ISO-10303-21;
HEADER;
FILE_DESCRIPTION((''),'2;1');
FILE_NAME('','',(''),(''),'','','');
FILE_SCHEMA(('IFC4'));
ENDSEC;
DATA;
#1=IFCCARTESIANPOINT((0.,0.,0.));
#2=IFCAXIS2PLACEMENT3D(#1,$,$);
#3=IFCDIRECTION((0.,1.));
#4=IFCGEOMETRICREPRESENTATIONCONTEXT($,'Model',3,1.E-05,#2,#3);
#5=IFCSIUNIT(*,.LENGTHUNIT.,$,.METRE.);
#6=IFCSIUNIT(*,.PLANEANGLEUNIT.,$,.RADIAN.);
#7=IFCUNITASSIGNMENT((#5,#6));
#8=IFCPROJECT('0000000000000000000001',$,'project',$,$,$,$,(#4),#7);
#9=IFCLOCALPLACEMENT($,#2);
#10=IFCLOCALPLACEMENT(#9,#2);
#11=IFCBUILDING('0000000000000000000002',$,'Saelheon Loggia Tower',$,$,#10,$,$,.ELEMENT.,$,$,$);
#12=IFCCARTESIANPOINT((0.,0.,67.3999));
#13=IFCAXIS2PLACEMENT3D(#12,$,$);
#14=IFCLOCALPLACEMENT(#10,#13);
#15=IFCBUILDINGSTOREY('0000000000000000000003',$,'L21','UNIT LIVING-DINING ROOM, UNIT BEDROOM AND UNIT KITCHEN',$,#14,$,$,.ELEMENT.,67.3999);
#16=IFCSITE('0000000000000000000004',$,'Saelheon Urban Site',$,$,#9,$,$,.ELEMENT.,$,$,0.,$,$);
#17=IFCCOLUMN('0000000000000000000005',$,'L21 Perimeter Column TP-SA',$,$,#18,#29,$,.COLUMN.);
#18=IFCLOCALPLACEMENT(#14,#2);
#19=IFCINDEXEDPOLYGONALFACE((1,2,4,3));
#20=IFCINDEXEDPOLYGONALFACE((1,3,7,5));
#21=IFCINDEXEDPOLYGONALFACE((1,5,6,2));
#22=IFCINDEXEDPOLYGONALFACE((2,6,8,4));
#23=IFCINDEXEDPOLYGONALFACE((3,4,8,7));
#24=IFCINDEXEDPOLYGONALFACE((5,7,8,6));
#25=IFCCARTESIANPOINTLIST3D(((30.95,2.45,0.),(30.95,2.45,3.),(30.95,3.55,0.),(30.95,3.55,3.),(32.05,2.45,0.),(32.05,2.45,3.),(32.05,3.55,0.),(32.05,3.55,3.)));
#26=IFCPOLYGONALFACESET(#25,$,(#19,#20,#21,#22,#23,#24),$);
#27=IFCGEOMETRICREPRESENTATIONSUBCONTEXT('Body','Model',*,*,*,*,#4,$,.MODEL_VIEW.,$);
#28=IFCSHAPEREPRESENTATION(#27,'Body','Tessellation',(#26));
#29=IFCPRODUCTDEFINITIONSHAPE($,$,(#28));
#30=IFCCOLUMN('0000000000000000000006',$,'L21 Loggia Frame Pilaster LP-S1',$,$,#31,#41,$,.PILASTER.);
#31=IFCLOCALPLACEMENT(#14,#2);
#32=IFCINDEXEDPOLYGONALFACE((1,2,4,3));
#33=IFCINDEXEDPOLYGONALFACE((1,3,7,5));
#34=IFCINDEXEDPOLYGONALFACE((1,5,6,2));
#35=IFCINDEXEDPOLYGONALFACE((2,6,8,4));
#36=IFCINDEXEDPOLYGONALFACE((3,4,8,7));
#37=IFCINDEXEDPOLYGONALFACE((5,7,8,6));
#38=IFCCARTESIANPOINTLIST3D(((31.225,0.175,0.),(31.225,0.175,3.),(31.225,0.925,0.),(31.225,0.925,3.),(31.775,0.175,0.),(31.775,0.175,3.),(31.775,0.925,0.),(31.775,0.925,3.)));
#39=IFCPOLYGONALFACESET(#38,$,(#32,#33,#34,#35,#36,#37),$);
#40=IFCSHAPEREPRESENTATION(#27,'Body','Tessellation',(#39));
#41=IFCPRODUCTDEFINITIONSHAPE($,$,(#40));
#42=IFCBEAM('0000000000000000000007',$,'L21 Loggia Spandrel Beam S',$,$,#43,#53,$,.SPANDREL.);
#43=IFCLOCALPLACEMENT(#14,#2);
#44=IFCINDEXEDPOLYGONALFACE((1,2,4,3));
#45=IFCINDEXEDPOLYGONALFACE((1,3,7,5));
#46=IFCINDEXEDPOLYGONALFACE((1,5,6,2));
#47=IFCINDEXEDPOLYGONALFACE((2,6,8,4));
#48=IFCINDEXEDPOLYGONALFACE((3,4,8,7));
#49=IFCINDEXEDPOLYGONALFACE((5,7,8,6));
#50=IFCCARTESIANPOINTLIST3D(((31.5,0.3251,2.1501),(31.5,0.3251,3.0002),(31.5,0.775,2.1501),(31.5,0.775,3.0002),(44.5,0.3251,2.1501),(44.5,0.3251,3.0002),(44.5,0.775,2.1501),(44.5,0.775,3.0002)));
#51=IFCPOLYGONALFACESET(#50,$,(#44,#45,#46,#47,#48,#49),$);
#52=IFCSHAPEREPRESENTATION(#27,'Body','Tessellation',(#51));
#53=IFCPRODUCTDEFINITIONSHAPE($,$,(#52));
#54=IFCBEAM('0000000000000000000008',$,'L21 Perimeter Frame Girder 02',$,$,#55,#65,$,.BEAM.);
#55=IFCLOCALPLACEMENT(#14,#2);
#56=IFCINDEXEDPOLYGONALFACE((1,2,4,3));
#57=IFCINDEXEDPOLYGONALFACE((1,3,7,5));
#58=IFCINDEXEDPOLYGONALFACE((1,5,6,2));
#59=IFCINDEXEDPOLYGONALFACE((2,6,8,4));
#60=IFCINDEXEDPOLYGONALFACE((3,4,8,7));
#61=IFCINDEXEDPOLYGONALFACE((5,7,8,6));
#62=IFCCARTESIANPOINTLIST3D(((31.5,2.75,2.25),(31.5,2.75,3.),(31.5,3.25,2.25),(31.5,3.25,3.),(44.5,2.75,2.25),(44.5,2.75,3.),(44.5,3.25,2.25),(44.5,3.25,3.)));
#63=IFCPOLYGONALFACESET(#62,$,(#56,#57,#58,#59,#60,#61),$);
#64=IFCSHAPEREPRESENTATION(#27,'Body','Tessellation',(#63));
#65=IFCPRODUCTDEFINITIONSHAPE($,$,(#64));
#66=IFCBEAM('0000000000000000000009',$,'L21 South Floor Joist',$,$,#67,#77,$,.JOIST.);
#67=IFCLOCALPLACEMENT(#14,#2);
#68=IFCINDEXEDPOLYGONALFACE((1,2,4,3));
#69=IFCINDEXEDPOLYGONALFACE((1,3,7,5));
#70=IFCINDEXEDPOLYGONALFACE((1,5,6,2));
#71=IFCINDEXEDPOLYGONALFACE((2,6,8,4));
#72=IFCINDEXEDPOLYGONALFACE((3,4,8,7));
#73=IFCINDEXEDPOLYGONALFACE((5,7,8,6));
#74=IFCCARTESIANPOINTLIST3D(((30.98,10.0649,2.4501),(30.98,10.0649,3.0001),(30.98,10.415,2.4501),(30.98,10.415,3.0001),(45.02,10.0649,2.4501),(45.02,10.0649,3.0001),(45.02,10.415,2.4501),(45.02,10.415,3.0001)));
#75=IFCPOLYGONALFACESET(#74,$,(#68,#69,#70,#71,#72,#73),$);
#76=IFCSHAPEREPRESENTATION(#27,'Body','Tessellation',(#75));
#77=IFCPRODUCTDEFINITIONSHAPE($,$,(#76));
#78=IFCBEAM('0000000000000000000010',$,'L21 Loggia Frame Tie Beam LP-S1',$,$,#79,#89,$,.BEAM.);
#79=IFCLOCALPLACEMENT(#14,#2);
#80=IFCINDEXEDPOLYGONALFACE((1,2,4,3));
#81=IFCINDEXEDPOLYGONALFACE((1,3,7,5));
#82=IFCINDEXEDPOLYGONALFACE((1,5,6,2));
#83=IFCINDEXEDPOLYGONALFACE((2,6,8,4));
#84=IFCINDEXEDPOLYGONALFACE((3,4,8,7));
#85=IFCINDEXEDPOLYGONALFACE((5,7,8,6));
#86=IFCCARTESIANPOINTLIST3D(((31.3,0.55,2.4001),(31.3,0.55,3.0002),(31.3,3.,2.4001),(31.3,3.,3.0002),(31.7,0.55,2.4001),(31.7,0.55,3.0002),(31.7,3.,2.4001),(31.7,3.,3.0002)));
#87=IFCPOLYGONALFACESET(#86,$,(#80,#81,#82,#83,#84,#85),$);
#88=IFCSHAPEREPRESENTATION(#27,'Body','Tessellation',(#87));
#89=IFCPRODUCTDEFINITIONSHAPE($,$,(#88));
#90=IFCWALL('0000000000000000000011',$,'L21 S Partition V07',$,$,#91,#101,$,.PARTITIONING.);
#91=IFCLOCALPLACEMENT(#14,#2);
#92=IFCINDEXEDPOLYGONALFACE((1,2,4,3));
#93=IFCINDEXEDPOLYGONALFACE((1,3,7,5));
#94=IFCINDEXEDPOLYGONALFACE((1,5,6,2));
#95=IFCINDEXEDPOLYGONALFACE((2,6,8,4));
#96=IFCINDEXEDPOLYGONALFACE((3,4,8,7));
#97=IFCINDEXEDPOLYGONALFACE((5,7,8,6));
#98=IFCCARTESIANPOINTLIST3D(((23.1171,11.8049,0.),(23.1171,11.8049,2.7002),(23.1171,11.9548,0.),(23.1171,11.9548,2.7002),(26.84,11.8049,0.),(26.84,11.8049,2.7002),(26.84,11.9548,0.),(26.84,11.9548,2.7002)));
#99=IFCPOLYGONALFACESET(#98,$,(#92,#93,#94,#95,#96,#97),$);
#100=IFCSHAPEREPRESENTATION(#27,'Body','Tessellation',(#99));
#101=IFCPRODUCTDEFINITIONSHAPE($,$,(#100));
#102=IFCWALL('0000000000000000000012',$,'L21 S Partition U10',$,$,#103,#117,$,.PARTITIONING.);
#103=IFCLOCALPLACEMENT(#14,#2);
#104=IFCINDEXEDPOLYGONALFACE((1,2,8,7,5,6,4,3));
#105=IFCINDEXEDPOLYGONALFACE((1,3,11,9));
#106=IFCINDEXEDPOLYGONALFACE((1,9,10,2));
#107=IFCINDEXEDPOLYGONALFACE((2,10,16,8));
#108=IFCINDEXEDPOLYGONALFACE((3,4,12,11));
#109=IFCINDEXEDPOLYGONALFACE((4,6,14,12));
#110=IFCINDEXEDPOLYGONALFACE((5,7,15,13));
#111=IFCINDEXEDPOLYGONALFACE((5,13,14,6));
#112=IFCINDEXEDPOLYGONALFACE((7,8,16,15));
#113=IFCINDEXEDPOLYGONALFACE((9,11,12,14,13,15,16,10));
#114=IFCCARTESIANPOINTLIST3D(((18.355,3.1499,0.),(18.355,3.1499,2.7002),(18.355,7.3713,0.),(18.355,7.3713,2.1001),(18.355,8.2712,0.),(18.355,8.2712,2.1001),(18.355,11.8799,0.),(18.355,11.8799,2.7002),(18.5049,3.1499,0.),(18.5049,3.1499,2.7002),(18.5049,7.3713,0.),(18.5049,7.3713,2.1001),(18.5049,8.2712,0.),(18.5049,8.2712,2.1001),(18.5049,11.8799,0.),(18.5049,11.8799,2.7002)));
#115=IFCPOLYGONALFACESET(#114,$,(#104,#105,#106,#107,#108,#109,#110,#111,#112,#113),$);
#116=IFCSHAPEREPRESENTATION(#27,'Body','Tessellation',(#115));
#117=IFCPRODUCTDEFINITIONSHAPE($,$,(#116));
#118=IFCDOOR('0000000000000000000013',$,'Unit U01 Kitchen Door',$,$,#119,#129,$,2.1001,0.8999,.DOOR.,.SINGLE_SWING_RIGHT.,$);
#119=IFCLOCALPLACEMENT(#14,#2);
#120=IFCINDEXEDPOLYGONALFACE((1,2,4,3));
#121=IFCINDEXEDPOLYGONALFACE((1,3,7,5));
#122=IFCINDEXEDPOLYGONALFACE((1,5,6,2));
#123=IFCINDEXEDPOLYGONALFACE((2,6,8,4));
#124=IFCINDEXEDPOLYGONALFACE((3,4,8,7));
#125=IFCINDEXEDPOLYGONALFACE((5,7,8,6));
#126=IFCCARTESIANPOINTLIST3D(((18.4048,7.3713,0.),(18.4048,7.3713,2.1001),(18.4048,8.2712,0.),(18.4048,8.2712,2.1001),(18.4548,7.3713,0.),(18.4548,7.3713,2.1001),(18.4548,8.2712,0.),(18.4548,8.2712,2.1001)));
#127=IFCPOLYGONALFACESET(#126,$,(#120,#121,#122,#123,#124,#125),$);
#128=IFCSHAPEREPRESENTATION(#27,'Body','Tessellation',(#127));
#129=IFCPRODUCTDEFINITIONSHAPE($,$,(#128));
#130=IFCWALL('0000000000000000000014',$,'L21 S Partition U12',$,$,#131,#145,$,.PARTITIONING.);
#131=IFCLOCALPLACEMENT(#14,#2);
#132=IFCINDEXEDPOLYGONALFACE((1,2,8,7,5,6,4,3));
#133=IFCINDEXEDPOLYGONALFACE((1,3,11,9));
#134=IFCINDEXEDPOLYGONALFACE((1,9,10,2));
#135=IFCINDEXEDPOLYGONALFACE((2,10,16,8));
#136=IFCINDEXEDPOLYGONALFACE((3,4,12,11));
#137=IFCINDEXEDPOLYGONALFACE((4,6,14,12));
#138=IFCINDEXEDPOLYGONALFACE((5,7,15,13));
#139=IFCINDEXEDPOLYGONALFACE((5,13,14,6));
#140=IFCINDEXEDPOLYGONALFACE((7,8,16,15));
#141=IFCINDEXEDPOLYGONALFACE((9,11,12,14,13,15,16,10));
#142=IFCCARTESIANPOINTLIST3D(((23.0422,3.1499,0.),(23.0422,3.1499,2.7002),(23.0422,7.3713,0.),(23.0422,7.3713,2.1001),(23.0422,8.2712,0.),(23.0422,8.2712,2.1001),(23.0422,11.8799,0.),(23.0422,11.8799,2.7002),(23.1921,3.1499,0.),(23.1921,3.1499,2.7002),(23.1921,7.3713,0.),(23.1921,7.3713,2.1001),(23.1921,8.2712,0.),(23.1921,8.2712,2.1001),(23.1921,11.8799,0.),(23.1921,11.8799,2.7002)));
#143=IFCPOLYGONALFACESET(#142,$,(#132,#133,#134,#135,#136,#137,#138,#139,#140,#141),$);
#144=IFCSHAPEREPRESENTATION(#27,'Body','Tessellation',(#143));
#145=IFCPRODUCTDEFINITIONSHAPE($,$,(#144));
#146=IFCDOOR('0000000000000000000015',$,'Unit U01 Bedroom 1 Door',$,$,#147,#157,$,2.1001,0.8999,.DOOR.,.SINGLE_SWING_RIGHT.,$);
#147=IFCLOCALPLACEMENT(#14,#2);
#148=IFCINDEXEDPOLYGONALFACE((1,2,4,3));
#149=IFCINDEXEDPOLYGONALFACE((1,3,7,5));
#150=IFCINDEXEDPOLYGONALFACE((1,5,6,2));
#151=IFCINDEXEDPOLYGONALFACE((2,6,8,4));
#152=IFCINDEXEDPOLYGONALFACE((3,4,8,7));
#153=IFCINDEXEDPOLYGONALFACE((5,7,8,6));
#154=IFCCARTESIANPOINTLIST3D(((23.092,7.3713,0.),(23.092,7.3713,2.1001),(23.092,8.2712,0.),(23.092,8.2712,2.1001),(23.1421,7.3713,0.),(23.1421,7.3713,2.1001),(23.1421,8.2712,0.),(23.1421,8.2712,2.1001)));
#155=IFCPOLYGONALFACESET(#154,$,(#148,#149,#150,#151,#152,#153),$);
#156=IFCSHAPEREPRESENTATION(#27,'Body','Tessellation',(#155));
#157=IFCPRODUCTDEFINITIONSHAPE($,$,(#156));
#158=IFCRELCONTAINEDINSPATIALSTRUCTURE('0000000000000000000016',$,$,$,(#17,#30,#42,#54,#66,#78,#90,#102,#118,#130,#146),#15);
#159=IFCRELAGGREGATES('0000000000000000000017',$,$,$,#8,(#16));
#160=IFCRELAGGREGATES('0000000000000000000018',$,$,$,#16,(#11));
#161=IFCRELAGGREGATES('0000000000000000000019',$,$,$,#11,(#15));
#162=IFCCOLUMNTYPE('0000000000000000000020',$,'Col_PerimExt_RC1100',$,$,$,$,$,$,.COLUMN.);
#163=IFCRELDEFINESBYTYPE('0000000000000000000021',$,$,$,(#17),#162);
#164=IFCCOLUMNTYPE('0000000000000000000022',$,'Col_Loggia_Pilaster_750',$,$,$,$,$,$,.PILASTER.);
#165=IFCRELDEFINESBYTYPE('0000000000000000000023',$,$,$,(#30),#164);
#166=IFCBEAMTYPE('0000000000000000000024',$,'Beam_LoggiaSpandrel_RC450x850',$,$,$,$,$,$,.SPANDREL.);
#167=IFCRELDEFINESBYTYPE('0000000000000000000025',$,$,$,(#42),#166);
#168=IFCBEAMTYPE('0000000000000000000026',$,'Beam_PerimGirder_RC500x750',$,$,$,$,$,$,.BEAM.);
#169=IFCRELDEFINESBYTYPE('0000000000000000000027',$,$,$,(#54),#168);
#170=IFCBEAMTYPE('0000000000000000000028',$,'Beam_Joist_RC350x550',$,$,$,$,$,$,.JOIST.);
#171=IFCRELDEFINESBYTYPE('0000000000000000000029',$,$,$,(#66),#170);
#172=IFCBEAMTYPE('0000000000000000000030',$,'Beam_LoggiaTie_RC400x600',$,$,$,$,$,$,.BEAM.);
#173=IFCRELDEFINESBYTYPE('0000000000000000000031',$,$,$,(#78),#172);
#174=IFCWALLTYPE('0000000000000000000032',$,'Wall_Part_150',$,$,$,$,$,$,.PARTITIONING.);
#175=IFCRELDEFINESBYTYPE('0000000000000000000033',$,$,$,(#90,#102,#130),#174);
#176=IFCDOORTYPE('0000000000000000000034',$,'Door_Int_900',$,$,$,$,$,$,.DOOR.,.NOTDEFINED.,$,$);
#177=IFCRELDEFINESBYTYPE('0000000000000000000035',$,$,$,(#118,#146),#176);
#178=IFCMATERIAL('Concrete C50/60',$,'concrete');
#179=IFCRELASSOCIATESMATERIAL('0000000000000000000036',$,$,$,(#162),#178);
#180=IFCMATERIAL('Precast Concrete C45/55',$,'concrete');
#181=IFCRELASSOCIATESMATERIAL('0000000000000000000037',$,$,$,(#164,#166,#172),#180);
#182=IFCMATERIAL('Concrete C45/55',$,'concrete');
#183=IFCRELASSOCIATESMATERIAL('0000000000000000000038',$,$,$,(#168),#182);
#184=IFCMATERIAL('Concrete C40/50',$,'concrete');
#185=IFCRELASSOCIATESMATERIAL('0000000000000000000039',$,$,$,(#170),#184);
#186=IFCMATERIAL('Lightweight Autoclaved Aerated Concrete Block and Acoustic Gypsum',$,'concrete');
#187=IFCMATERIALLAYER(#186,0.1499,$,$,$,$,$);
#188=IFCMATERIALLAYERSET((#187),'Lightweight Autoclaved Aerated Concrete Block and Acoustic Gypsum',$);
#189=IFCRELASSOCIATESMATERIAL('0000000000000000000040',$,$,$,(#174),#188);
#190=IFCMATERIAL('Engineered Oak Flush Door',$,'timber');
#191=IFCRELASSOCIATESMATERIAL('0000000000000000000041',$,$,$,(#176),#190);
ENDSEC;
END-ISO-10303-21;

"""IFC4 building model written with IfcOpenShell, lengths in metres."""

from ifc_helpers import new_model, si_unit, direction, frame, frame_2d, origin, origin_2d, place, context, subcontext, project, spatial, rectangle, extrude, source, transform, mapped, material, layer, layer_set, material_profile, profile_set, type_object, element, fill, save


model = new_model("IFC4")

# Units and contexts
model_context = context("Model", 3, precision=1e-05, world=origin(), true_north=direction((0.0, 1.0)))
body_context = subcontext(model_context, "Body", "Model", "MODEL_VIEW")
ifc_project = project(units=[si_unit("LENGTHUNIT", "METRE"), si_unit("PLANEANGLEUNIT", "RADIAN")], contexts=[model_context])

# Site, building, storey
site_placement = place(None, origin())
site = spatial("IfcSite", under=ifc_project, at=site_placement, Name="Saelheon Urban Site", CompositionType="ELEMENT", RefElevation=0.0)
building_placement = place(site_placement, origin())
building = spatial("IfcBuilding", under=site, at=building_placement, Name="Saelheon Loggia Tower", CompositionType="ELEMENT")
storey_placement = place(building_placement, frame((0.0, 0.0, 67.3999)))
storey = spatial("IfcBuildingStorey", under=building, at=storey_placement, Name="L21", Description="UNIT LIVING-DINING ROOM, UNIT BEDROOM AND UNIT KITCHEN", CompositionType="ELEMENT", Elevation=67.3999)

# Columns
ifc_material_1 = material(Name="Concrete C50/60", Category="concrete")
ifc_material_profile_1 = material_profile(ifc_material_1, rectangle(XDim=1.1001, YDim=1.1001, at=origin_2d()), Name="RC-1100x1100")
ifc_profile_set_1 = profile_set([ifc_material_profile_1], Name="Concrete C50/60")
column_type_1 = type_object("IfcColumnType", Name="Col_PerimExt_RC1100", PredefinedType="COLUMN", material=ifc_profile_set_1)
shared_shape_1 = source(origin(), body_context, "Body", "SweptSolid", [
    extrude(rectangle(XDim=1.1001, YDim=1.1001, at=origin_2d()), origin(), (0.0, 0.0, 1.0), 3.0),
])
column_1_placement = place(storey_placement, frame((31.5, 3.0, 0.0), z_axis=(0.0, 0.0, 1.0), x_axis=(1.0, 0.0, 0.0)))
element("IfcColumn", 1, at=column_1_placement, inside=storey, type_object=column_type_1, Name="L21 Perimeter Column TP-SA", PredefinedType="COLUMN", context=body_context, shape_type="MappedRepresentation", body=[
    mapped(shared_shape_1, transform((0.0, 0.0, 0.0), scale=1.0)),
])
ifc_material_2 = material(Name="Precast Concrete C45/55", Category="concrete")
ifc_material_profile_2 = material_profile(ifc_material_2, rectangle(XDim=0.55, YDim=0.75, at=origin_2d()), Name="RC-550x750")
ifc_profile_set_2 = profile_set([ifc_material_profile_2], Name="Precast Concrete C45/55")
column_type_2 = type_object("IfcColumnType", Name="Col_Loggia_Pilaster_750", PredefinedType="PILASTER", material=ifc_profile_set_2)
shared_shape_2 = source(origin(), body_context, "Body", "SweptSolid", [
    extrude(rectangle(XDim=0.55, YDim=0.75, at=origin_2d()), origin(), (0.0, 0.0, 1.0), 3.0),
])
column_2_placement = place(storey_placement, frame((31.5, 0.55, 0.0), z_axis=(0.0, 0.0, 1.0), x_axis=(1.0, 0.0, 0.0)))
element("IfcColumn", 2, at=column_2_placement, inside=storey, type_object=column_type_2, Name="L21 Loggia Frame Pilaster LP-S1", PredefinedType="PILASTER", context=body_context, shape_type="MappedRepresentation", body=[
    mapped(shared_shape_2, transform((0.0, 0.0, 0.0), scale=1.0)),
])

# Beams
ifc_material_profile_3 = material_profile(ifc_material_2, rectangle(XDim=0.45, YDim=0.8501, at=origin_2d()), Name="RC-450x850")
ifc_profile_set_3 = profile_set([ifc_material_profile_3], Name="Precast Concrete C45/55")
beam_type_1 = type_object("IfcBeamType", Name="Beam_LoggiaSpandrel_RC450x850", PredefinedType="SPANDREL", material=ifc_profile_set_3)
shared_shape_3 = source(origin(), body_context, "Body", "SweptSolid", [
    extrude(rectangle(XDim=0.45, YDim=0.8501, at=origin_2d()), origin(), (0.0, 0.0, 1.0), 13.0),
])
beam_1_placement = place(storey_placement, frame((31.5, 0.55, 2.5752), z_axis=(1.0, 0.0, 0.0), x_axis=(0.0, 1.0, 0.0)))
element("IfcBeam", 3, at=beam_1_placement, inside=storey, type_object=beam_type_1, Name="L21 Loggia Spandrel Beam S", PredefinedType="SPANDREL", context=body_context, shape_type="MappedRepresentation", body=[
    mapped(shared_shape_3, transform((0.0, 0.0, 0.0), scale=1.0)),
])
ifc_material_3 = material(Name="Concrete C45/55", Category="concrete")
ifc_material_profile_4 = material_profile(ifc_material_3, rectangle(XDim=0.5, YDim=0.75, at=origin_2d()), Name="RC-500x750")
ifc_profile_set_4 = profile_set([ifc_material_profile_4], Name="Concrete C45/55")
beam_type_2 = type_object("IfcBeamType", Name="Beam_PerimGirder_RC500x750", PredefinedType="BEAM", material=ifc_profile_set_4)
shared_shape_4 = source(origin(), body_context, "Body", "SweptSolid", [
    extrude(rectangle(XDim=0.5, YDim=0.75, at=origin_2d()), origin(), (0.0, 0.0, 1.0), 13.0),
])
beam_2_placement = place(storey_placement, frame((31.5, 3.0, 2.625), z_axis=(1.0, 0.0, 0.0), x_axis=(0.0, 1.0, 0.0)))
element("IfcBeam", 4, at=beam_2_placement, inside=storey, type_object=beam_type_2, Name="L21 Perimeter Frame Girder 02", PredefinedType="BEAM", context=body_context, shape_type="MappedRepresentation", body=[
    mapped(shared_shape_4, transform((0.0, 0.0, 0.0), scale=1.0)),
])
ifc_material_4 = material(Name="Concrete C40/50", Category="concrete")
ifc_material_profile_5 = material_profile(ifc_material_4, rectangle(XDim=0.3501, YDim=0.55, at=origin_2d()), Name="RC-350x550")
ifc_profile_set_5 = profile_set([ifc_material_profile_5], Name="Concrete C40/50")
beam_type_3 = type_object("IfcBeamType", Name="Beam_Joist_RC350x550", PredefinedType="JOIST", material=ifc_profile_set_5)
shared_shape_5 = source(origin(), body_context, "Body", "SweptSolid", [
    extrude(rectangle(XDim=0.3501, YDim=0.55, at=origin_2d()), origin(), (0.0, 0.0, 1.0), 14.04),
])
beam_3_placement = place(storey_placement, frame((30.98, 10.24, 2.7251), z_axis=(1.0, 0.0, 0.0), x_axis=(0.0, 1.0, 0.0)))
element("IfcBeam", 5, at=beam_3_placement, inside=storey, type_object=beam_type_3, Name="L21 South Floor Joist", PredefinedType="JOIST", context=body_context, shape_type="MappedRepresentation", body=[
    mapped(shared_shape_5, transform((0.0, 0.0, 0.0), scale=1.0)),
])
ifc_material_profile_6 = material_profile(ifc_material_2, rectangle(XDim=0.3999, YDim=0.6001, at=origin_2d()), Name="RC-400x600")
ifc_profile_set_6 = profile_set([ifc_material_profile_6], Name="Precast Concrete C45/55")
beam_type_4 = type_object("IfcBeamType", Name="Beam_LoggiaTie_RC400x600", PredefinedType="BEAM", material=ifc_profile_set_6)
shared_shape_6 = source(origin(), body_context, "Body", "SweptSolid", [
    extrude(rectangle(XDim=0.3999, YDim=0.6001, at=origin_2d()), origin(), (0.0, 0.0, 1.0), 2.45),
])
beam_4_placement = place(storey_placement, frame((31.5, 3.0, 2.7002), z_axis=(0.0, -1.0, 0.0), x_axis=(1.0, 0.0, 0.0)))
element("IfcBeam", 6, at=beam_4_placement, inside=storey, type_object=beam_type_4, Name="L21 Loggia Frame Tie Beam LP-S1", PredefinedType="BEAM", context=body_context, shape_type="MappedRepresentation", body=[
    mapped(shared_shape_6, transform((0.0, 0.0, 0.0), scale=1.0)),
])

# Wall
ifc_material_5 = material(Name="Lightweight Autoclaved Aerated Concrete Block and Acoustic Gypsum", Category="concrete")
ifc_layer_1 = layer(ifc_material_5, 0.1499)
ifc_layer_set_1 = layer_set([ifc_layer_1], Name="Lightweight Autoclaved Aerated Concrete Block and Acoustic Gypsum")
wall_type_1 = type_object("IfcWallType", Name="Wall_Part_150", PredefinedType="PARTITIONING", material=ifc_layer_set_1)
wall_1_placement = place(storey_placement, frame((23.1172, 11.8799, 0.0), z_axis=(0.0, 0.0, 1.0), x_axis=(1.0, 0.0, 0.0)))
element("IfcWall", 7, at=wall_1_placement, inside=storey, type_object=wall_type_1, Name="L21 S Partition V07", PredefinedType="PARTITIONING", context=body_context, shape_type="SweptSolid", body=[
    extrude(rectangle(XDim=3.7229, YDim=0.1499, at=frame_2d((1.8613, 0.0))), origin(), (0.0, 0.0, 1.0), 2.7002),
])

# Walls, openings, doors
wall_2_placement = place(storey_placement, frame((18.4299, 11.8799, 0.0), z_axis=(0.0, 0.0, 1.0), x_axis=(0.0, -1.0, 0.0)))
wall_2 = element("IfcWall", 8, at=wall_2_placement, inside=storey, type_object=wall_type_1, Name="L21 S Partition U10", PredefinedType="PARTITIONING", context=body_context, shape_type="SweptSolid", body=[
    extrude(rectangle(XDim=8.73, YDim=0.1499, at=frame_2d((4.365, 0.0))), origin(), (0.0, 0.0, 1.0), 2.7002),
])
opening_1_placement = place(wall_2_placement, frame((3.6086, 0.0, 0.0)))
opening_1 = element("IfcOpeningElement", 9, at=opening_1_placement, cuts=wall_2, PredefinedType="OPENING", context=body_context, shape_type="SweptSolid", body=[
    extrude(rectangle(XDim=0.8999, YDim=2.1001, at=frame_2d((0.45, 1.05))), frame((0.0, 0.0869, 0.0), z_axis=(0.0, -1.0, 0.0), x_axis=(1.0, 0.0, 0.0)), (0.0, 0.0, 1.0), 0.1738),
])
ifc_material_6 = material(Name="Engineered Oak Flush Door", Category="timber")
door_type_1 = type_object("IfcDoorType", Name="Door_Int_900", OperationType="NOTDEFINED", PredefinedType="DOOR", material=ifc_material_6)
shared_shape_7 = source(origin(), body_context, "Body", "SweptSolid", [
    extrude(rectangle(XDim=0.8999, YDim=2.1001, at=frame_2d((0.45, 1.05))), frame((0.0, 0.0249, 0.0), z_axis=(0.0, -1.0, 0.0), x_axis=(1.0, 0.0, 0.0)), (0.0, 0.0, 1.0), 0.05),
])
door_1_placement = place(opening_1_placement, origin())
door_1 = element("IfcDoor", 10, at=door_1_placement, inside=storey, type_object=door_type_1, Name="Unit U01 Kitchen Door", OperationType="SINGLE_SWING_RIGHT", OverallHeight=2.1001, OverallWidth=0.8999, PredefinedType="DOOR", context=body_context, shape_type="MappedRepresentation", body=[
    mapped(shared_shape_7, transform((0.0, 0.0, 0.0), scale=1.0)),
])
fill(opening_1, door_1)
wall_3_placement = place(storey_placement, frame((23.1172, 11.8799, 0.0), z_axis=(0.0, 0.0, 1.0), x_axis=(0.0, -1.0, 0.0)))
wall_3 = element("IfcWall", 11, at=wall_3_placement, inside=storey, type_object=wall_type_1, Name="L21 S Partition U12", PredefinedType="PARTITIONING", context=body_context, shape_type="SweptSolid", body=[
    extrude(rectangle(XDim=8.73, YDim=0.1499, at=frame_2d((4.365, 0.0))), origin(), (0.0, 0.0, 1.0), 2.7002),
])
opening_2_placement = place(wall_3_placement, frame((3.6086, 0.0, 0.0)))
opening_2 = element("IfcOpeningElement", 12, at=opening_2_placement, cuts=wall_3, PredefinedType="OPENING", context=body_context, shape_type="SweptSolid", body=[
    extrude(rectangle(XDim=0.8999, YDim=2.1001, at=frame_2d((0.45, 1.05))), frame((0.0, 0.0869, 0.0), z_axis=(0.0, -1.0, 0.0), x_axis=(1.0, 0.0, 0.0)), (0.0, 0.0, 1.0), 0.1738),
])
door_2_placement = place(opening_2_placement, origin())
door_2 = element("IfcDoor", 13, at=door_2_placement, inside=storey, type_object=door_type_1, Name="Unit U01 Bedroom 1 Door", OperationType="SINGLE_SWING_RIGHT", OverallHeight=2.1001, OverallWidth=0.8999, PredefinedType="DOOR", context=body_context, shape_type="MappedRepresentation", body=[
    mapped(shared_shape_7, transform((0.0, 0.0, 0.0), scale=1.0)),
])
fill(opening_2, door_2)

save(model, "model.ifc")
